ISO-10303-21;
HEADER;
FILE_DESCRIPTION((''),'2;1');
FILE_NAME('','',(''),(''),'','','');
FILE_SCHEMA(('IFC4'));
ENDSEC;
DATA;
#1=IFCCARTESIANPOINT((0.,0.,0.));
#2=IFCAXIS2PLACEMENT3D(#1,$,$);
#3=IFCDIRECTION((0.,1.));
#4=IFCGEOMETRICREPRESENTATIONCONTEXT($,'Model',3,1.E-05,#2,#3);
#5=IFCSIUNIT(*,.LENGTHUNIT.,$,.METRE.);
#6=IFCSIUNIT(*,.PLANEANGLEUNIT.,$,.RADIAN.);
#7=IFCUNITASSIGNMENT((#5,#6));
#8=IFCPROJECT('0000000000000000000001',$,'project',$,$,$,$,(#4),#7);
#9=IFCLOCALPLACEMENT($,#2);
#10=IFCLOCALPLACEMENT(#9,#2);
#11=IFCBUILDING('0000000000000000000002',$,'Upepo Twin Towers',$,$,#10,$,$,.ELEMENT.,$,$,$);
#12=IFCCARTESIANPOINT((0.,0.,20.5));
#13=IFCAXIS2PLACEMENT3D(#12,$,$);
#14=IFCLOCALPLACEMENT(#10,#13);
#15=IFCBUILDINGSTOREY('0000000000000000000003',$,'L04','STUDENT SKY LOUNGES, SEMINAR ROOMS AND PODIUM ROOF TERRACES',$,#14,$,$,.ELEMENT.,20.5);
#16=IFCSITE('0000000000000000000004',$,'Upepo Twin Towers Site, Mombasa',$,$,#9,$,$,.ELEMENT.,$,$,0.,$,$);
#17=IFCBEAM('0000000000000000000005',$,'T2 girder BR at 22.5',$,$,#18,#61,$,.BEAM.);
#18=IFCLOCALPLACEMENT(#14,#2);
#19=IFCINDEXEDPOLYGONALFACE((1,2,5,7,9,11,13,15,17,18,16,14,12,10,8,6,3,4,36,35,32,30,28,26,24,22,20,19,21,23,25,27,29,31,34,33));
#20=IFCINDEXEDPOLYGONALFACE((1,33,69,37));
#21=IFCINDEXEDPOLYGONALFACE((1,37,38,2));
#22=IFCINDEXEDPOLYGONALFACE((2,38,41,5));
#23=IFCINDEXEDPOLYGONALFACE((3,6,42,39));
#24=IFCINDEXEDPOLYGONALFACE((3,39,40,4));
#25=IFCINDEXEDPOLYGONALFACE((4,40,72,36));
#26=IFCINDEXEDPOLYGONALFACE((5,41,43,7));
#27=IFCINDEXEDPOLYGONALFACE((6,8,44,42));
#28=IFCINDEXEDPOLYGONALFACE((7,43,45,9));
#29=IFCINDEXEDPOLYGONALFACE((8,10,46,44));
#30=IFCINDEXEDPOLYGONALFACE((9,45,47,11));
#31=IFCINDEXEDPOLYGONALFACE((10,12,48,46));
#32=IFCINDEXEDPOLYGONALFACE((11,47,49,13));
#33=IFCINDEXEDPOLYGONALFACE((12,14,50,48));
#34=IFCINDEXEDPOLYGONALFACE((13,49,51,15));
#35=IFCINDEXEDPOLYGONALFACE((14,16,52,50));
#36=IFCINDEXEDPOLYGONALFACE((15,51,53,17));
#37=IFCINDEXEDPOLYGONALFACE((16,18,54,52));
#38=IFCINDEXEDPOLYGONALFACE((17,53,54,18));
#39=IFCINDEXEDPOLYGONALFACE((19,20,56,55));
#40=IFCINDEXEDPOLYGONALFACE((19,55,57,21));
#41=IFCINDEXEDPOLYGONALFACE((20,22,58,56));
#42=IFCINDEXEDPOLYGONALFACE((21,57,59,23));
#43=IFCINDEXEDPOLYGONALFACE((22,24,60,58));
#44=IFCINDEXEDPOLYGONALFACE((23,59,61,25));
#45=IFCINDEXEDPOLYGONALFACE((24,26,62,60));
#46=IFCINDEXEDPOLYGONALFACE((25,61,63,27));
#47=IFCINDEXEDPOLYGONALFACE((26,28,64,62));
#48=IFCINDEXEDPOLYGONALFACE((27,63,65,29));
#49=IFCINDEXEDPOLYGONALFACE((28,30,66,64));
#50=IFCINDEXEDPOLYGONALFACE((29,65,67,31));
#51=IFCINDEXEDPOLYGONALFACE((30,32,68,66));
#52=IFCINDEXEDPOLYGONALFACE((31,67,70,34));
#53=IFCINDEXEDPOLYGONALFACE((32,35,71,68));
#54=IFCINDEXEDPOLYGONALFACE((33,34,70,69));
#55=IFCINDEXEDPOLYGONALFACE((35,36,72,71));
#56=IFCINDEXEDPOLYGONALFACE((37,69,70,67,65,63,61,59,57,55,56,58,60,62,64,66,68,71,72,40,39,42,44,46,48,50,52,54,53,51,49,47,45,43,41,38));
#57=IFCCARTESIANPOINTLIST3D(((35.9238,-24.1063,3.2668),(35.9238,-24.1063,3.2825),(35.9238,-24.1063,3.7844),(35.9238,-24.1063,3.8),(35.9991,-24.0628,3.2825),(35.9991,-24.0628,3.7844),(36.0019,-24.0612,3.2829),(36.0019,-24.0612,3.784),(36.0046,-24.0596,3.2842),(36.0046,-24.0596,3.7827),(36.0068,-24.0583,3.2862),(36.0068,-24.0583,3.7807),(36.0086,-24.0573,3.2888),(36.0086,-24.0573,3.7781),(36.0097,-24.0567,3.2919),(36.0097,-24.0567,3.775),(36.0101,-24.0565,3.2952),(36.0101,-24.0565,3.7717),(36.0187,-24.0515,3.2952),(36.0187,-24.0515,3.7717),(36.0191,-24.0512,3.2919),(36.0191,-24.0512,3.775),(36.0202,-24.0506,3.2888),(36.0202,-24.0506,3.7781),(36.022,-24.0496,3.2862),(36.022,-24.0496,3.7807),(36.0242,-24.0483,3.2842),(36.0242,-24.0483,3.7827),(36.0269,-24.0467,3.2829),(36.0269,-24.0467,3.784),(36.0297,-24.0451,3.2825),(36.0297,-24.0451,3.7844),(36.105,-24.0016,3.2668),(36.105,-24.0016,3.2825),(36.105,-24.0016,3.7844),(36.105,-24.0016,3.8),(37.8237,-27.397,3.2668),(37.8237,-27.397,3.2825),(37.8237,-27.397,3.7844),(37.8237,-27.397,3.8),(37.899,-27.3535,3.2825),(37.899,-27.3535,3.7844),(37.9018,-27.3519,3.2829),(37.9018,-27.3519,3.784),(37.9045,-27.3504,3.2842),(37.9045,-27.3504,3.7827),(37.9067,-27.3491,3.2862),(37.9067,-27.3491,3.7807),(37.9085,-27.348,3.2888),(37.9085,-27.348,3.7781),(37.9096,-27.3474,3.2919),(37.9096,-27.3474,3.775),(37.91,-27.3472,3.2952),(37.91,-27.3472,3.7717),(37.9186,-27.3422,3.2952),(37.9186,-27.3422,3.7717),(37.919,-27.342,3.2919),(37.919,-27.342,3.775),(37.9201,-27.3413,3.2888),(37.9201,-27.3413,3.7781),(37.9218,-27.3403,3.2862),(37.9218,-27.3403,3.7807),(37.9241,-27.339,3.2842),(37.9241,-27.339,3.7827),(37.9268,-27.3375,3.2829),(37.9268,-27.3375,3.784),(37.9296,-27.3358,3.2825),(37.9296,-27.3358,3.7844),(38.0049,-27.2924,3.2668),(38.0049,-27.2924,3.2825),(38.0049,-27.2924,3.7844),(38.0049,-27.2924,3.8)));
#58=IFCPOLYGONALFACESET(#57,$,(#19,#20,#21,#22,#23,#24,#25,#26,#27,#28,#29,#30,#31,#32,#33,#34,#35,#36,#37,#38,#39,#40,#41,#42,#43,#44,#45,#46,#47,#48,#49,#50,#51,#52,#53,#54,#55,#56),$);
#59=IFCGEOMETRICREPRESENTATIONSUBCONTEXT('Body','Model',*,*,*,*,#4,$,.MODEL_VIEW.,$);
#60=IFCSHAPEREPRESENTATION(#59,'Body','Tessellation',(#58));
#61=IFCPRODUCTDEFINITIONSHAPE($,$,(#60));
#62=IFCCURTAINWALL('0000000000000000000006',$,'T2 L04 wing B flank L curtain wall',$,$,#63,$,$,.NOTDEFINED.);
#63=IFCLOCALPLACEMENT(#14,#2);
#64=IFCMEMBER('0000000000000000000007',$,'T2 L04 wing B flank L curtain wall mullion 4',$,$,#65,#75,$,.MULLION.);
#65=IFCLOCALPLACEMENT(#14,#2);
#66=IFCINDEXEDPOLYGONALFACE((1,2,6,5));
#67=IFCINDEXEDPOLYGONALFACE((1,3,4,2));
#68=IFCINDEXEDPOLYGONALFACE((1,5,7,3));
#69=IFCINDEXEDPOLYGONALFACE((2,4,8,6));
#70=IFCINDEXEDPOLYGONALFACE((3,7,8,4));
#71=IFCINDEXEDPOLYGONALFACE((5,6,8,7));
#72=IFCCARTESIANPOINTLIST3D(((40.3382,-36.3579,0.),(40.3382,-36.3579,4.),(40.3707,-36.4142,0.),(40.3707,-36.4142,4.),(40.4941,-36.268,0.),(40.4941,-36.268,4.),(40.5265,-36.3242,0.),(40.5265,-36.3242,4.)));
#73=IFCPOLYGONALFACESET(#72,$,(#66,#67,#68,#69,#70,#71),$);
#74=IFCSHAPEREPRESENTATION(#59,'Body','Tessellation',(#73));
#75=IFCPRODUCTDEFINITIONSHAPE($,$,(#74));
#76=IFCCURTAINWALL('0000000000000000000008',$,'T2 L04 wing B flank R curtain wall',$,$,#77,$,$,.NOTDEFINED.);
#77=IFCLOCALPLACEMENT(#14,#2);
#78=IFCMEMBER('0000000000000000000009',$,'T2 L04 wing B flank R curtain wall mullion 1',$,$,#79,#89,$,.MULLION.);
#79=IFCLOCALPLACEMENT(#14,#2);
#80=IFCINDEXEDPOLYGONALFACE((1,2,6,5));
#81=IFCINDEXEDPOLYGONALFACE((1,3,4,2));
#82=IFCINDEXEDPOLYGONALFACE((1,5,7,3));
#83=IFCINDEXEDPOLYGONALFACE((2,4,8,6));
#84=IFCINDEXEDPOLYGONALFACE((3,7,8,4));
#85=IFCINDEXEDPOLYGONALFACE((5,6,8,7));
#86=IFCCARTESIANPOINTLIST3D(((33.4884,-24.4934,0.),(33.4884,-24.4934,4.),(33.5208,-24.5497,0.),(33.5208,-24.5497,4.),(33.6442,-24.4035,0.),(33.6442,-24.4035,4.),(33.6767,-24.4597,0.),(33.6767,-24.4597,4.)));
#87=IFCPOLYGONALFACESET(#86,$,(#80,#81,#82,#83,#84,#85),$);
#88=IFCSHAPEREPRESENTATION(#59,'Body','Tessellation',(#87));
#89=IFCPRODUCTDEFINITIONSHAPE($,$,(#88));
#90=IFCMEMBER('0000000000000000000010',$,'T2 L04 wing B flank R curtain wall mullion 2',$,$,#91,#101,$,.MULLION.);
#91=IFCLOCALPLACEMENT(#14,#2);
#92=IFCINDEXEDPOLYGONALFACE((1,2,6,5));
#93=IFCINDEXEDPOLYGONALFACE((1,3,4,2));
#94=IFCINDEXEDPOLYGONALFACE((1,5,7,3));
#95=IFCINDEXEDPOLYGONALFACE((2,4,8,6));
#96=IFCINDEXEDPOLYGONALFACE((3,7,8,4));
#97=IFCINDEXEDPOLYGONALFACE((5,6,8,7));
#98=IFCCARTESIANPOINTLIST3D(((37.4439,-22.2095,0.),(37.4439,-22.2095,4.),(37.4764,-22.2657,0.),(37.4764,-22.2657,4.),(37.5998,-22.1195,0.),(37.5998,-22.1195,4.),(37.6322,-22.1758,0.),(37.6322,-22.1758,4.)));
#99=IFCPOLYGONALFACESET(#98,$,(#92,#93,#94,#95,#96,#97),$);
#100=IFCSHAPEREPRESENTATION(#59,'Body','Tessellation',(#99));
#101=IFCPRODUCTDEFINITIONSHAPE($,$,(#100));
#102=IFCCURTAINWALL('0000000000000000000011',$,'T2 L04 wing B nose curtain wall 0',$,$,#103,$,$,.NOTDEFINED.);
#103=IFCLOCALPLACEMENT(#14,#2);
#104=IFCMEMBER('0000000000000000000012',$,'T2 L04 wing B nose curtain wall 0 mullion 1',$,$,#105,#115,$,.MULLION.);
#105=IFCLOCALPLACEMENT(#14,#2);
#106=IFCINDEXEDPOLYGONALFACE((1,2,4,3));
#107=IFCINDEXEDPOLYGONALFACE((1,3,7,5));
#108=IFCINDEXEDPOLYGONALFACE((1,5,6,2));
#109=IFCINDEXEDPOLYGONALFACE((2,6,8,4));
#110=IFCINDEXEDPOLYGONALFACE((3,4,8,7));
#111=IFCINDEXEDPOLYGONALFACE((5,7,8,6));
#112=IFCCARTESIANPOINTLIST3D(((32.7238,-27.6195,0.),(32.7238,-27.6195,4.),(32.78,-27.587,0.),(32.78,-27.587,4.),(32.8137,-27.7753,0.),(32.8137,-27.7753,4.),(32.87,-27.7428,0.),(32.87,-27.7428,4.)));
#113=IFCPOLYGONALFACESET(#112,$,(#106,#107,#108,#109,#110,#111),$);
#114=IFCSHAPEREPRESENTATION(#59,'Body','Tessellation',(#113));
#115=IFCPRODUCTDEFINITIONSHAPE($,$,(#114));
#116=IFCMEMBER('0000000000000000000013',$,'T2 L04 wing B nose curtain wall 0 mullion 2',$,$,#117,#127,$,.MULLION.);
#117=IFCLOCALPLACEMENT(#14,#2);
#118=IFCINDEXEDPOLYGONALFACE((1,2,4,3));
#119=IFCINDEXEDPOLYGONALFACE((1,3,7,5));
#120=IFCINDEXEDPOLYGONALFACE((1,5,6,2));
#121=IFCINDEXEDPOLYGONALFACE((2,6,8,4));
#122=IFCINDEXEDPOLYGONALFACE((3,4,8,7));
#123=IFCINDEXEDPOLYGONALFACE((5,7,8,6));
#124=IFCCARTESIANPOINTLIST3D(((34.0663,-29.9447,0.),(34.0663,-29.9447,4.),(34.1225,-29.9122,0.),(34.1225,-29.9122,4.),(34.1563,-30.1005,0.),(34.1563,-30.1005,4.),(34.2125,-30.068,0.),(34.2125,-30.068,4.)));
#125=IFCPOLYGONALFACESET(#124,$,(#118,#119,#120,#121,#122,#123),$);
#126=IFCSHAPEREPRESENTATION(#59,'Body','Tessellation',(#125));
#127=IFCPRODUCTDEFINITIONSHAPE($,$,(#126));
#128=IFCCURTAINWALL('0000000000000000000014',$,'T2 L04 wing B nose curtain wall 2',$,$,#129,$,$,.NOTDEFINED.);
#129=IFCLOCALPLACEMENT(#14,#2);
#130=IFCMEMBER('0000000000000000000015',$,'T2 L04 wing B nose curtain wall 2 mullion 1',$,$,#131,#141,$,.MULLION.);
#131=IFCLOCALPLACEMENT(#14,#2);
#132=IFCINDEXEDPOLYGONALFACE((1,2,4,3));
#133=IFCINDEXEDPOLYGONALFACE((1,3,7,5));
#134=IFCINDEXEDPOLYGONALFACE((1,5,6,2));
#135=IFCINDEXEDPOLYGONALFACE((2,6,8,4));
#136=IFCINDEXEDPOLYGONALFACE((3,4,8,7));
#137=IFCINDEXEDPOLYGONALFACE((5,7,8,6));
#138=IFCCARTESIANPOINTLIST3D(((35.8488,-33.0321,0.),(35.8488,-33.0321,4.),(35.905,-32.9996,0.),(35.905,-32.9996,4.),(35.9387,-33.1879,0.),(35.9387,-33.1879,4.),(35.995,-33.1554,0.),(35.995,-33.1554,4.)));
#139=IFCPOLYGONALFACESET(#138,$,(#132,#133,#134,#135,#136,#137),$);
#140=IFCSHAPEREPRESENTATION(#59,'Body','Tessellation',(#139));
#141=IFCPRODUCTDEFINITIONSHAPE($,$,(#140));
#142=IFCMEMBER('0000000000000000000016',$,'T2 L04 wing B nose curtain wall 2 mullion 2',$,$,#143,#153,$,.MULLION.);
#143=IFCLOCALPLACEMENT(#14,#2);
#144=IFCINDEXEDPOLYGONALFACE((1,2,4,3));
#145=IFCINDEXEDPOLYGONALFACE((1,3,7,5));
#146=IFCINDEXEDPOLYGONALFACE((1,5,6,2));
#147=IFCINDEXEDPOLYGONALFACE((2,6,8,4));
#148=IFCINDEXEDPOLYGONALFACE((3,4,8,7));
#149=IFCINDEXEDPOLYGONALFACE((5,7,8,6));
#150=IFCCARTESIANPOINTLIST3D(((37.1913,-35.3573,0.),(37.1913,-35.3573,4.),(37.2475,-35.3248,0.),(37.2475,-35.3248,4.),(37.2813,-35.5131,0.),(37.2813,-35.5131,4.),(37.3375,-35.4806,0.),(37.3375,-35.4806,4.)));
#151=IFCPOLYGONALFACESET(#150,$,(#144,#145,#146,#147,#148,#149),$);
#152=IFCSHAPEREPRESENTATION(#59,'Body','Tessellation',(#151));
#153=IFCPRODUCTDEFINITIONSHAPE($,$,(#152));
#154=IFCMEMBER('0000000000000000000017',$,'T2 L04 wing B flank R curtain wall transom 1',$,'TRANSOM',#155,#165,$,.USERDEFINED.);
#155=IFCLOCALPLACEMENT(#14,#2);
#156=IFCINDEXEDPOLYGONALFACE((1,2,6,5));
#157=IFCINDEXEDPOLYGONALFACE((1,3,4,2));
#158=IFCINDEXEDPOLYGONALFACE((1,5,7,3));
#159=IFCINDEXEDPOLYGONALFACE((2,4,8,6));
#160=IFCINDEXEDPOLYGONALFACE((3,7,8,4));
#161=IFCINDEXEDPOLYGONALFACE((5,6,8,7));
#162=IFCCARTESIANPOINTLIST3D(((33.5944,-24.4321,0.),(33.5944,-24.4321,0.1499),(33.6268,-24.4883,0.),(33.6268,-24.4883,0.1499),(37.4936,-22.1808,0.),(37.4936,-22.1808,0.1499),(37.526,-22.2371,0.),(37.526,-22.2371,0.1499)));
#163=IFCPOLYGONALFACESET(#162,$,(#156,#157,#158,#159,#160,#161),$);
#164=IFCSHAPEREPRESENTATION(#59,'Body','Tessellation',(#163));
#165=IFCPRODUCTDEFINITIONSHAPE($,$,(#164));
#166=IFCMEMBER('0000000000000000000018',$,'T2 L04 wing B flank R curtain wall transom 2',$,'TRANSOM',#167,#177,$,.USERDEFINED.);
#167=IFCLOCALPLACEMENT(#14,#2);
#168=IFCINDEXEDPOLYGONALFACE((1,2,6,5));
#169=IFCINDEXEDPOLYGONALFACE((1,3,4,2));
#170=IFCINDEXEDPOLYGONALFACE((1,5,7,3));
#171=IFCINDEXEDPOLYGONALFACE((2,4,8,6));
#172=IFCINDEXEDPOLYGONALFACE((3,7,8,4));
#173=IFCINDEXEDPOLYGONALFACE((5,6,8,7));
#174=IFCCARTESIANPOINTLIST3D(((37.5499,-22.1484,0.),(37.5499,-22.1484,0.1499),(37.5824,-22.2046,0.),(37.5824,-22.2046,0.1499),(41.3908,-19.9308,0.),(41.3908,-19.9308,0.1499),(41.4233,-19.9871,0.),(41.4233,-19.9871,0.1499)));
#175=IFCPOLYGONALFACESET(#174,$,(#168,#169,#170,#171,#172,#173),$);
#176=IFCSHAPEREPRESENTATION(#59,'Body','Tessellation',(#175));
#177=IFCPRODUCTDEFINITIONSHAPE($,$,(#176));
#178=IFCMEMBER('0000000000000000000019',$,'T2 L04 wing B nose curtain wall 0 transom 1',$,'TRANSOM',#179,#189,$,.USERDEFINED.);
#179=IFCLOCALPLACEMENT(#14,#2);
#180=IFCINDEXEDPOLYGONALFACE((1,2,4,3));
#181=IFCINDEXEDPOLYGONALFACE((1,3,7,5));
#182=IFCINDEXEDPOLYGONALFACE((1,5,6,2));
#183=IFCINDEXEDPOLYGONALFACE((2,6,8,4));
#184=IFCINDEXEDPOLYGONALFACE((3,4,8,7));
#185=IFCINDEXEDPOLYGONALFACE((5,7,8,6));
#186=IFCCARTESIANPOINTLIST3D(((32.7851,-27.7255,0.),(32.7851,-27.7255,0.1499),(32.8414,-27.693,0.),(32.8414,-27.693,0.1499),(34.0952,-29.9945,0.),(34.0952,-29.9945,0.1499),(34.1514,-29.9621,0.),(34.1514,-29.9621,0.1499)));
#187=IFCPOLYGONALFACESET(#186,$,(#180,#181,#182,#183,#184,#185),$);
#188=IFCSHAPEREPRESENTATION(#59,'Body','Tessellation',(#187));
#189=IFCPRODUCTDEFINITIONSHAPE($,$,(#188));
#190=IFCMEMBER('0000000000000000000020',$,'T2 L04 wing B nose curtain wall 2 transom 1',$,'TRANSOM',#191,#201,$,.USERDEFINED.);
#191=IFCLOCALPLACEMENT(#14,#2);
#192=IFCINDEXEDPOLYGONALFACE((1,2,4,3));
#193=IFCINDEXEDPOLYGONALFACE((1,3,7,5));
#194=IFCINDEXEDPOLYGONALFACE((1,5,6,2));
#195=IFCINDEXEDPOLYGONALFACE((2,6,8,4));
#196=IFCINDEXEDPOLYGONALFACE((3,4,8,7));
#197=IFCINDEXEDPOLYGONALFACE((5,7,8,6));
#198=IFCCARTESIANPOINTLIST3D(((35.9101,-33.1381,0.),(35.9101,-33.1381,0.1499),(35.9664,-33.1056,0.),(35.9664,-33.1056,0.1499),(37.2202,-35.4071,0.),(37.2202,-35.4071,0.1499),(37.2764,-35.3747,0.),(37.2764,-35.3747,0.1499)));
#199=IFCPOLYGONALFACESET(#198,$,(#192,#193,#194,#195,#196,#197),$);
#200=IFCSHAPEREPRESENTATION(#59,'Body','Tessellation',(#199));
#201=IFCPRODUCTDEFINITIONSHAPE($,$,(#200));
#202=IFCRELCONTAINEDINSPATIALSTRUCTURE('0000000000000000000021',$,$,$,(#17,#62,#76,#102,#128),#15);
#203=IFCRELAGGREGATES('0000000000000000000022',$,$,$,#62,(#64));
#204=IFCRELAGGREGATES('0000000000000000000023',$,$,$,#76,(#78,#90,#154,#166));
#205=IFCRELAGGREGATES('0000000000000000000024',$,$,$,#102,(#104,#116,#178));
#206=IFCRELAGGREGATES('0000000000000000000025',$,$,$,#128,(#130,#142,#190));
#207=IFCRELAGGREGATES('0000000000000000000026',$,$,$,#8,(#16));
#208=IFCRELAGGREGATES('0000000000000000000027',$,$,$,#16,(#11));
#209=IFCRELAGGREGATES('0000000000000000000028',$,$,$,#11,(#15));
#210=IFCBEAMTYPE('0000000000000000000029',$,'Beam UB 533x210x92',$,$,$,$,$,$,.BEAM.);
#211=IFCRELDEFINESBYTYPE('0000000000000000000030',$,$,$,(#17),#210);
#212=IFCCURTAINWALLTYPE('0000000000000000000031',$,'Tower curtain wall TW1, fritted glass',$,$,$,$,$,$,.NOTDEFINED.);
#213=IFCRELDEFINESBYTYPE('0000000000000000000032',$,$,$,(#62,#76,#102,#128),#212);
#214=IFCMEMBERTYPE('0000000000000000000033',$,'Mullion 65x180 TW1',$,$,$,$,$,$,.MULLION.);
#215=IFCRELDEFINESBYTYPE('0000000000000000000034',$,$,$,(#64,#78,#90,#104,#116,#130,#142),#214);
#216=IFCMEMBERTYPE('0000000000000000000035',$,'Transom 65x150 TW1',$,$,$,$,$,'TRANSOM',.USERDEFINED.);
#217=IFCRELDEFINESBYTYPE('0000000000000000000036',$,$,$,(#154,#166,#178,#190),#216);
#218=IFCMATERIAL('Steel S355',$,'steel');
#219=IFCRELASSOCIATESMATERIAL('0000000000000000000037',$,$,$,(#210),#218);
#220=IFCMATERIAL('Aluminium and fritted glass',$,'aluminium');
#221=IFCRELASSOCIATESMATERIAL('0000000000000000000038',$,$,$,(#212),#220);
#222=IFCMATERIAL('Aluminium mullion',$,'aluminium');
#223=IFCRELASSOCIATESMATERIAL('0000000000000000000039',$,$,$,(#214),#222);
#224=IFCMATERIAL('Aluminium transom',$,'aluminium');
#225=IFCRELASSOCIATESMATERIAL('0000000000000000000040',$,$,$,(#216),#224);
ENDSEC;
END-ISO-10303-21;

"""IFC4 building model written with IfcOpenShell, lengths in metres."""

from ifc_helpers import new_model, si_unit, direction, frame, origin, origin_2d, place, context, subcontext, project, spatial, rectangle, i_section, extrude, material, material_profile, profile_set, type_object, element, aggregate, save


model = new_model("IFC4")

# Units and contexts
model_context = context("Model", 3, precision=1e-05, world=origin(), true_north=direction((0.0, 1.0)))
body_context = subcontext(model_context, "Body", "Model", "MODEL_VIEW")
ifc_project = project(units=[si_unit("LENGTHUNIT", "METRE"), si_unit("PLANEANGLEUNIT", "RADIAN")], contexts=[model_context])

# Site, building, storey
site_placement = place(None, origin())
site = spatial("IfcSite", under=ifc_project, at=site_placement, Name="Upepo Twin Towers Site, Mombasa", CompositionType="ELEMENT", RefElevation=0.0)
building_placement = place(site_placement, origin())
building = spatial("IfcBuilding", under=site, at=building_placement, Name="Upepo Twin Towers", CompositionType="ELEMENT")
storey_placement = place(building_placement, frame((0.0, 0.0, 20.5)))
storey = spatial("IfcBuildingStorey", under=building, at=storey_placement, Name="L04", Description="STUDENT SKY LOUNGES, SEMINAR ROOMS AND PODIUM ROOF TERRACES", CompositionType="ELEMENT", Elevation=20.5)

# Beam
ifc_material_1 = material(Name="Steel S355", Category="steel")
ifc_material_profile_1 = material_profile(ifc_material_1, i_section(OverallWidth=0.2092, OverallDepth=0.5332, WebThickness=0.01, FlangeThickness=0.0156, FilletRadius=0.0127, at=origin_2d()), Name="UB 533x210x92")
ifc_profile_set_1 = profile_set([ifc_material_profile_1], Name="Steel S355")
beam_type_1 = type_object("IfcBeamType", Name="Beam UB 533x210x92", PredefinedType="BEAM", material=ifc_profile_set_1)
for number, where, z_axis, x_axis, name in (
    (1, (36.0144, -24.054, 3.5334), (0.499995, -0.866028, 0.0), (0.866028, 0.499995, 0.0), "T2 girder BR at 22.5"),
):
    element("IfcBeam", number, at=place(storey_placement, frame(where, z_axis=z_axis, x_axis=x_axis)), inside=storey, type_object=beam_type_1, Name=name, PredefinedType="BEAM", context=body_context, shape_type="SweptSolid", body=[
        extrude(i_section(OverallWidth=0.2092, OverallDepth=0.5332, WebThickness=0.01, FlangeThickness=0.0156, FilletRadius=0.0127, at=origin_2d()), origin(), (0.0, 0.0, 1.0), 3.7998),
    ])

# Curtain wall, member
ifc_material_2 = material(Name="Aluminium and fritted glass", Category="aluminium")
curtain_wall_type = type_object("IfcCurtainWallType", Name="Tower curtain wall TW1, fritted glass", PredefinedType="NOTDEFINED", material=ifc_material_2)
curtain_wall_1_placement = place(storey_placement, origin())
curtain_wall_1 = element("IfcCurtainWall", 2, at=curtain_wall_1_placement, inside=storey, type_object=curtain_wall_type, Name="T2 L04 wing B flank L curtain wall", PredefinedType="NOTDEFINED")
ifc_material_3 = material(Name="Aluminium mullion", Category="aluminium")
ifc_material_profile_2 = material_profile(ifc_material_3, rectangle(XDim=0.0649, YDim=0.1799, at=origin_2d()), Name="MULLION 65x180")
ifc_profile_set_2 = profile_set([ifc_material_profile_2], Name="Aluminium mullion")
member_type_1 = type_object("IfcMemberType", Name="Mullion 65x180 TW1", PredefinedType="MULLION", material=ifc_profile_set_2)
member_1_placement = place(storey_placement, frame((40.4324, -36.3411, 0.0), z_axis=(0.0, 0.0, 1.0), x_axis=(0.5, -0.866025, 0.0)))
member_1 = element("IfcMember", 3, at=member_1_placement, type_object=member_type_1, Name="T2 L04 wing B flank L curtain wall mullion 4", PredefinedType="MULLION", context=body_context, shape_type="SweptSolid", body=[
    extrude(rectangle(XDim=0.0649, YDim=0.1799, at=origin_2d()), origin(), (0.0, 0.0, 1.0), 4.0),
])
aggregate(curtain_wall_1, [member_1])

# Curtain walls, members
curtain_wall_2_placement = place(storey_placement, origin())
curtain_wall_2 = element("IfcCurtainWall", 4, at=curtain_wall_2_placement, inside=storey, type_object=curtain_wall_type, Name="T2 L04 wing B flank R curtain wall", PredefinedType="NOTDEFINED")
member_2_placement = place(storey_placement, frame((33.5825, -24.4766, 0.0), z_axis=(0.0, 0.0, 1.0), x_axis=(-0.5, 0.866025, 0.0)))
member_2 = element("IfcMember", 5, at=member_2_placement, type_object=member_type_1, Name="T2 L04 wing B flank R curtain wall mullion 1", PredefinedType="MULLION", context=body_context, shape_type="SweptSolid", body=[
    extrude(rectangle(XDim=0.0649, YDim=0.1799, at=origin_2d()), origin(), (0.0, 0.0, 1.0), 4.0),
])
member_3_placement = place(storey_placement, frame((37.5381, -22.1926, 0.0), z_axis=(0.0, 0.0, 1.0), x_axis=(-0.5, 0.866025, 0.0)))
member_3 = element("IfcMember", 6, at=member_3_placement, type_object=member_type_1, Name="T2 L04 wing B flank R curtain wall mullion 2", PredefinedType="MULLION", context=body_context, shape_type="SweptSolid", body=[
    extrude(rectangle(XDim=0.0649, YDim=0.1799, at=origin_2d()), origin(), (0.0, 0.0, 1.0), 4.0),
])
curtain_wall_3_placement = place(storey_placement, origin())
curtain_wall_3 = element("IfcCurtainWall", 7, at=curtain_wall_3_placement, inside=storey, type_object=curtain_wall_type, Name="T2 L04 wing B nose curtain wall 0", PredefinedType="NOTDEFINED")
member_4_placement = place(storey_placement, frame((32.7969, -27.6812, 0.0), z_axis=(0.0, 0.0, 1.0), x_axis=(0.866025, 0.5, 0.0)))
member_4 = element("IfcMember", 8, at=member_4_placement, type_object=member_type_1, Name="T2 L04 wing B nose curtain wall 0 mullion 1", PredefinedType="MULLION", context=body_context, shape_type="SweptSolid", body=[
    extrude(rectangle(XDim=0.0649, YDim=0.1799, at=origin_2d()), origin(), (0.0, 0.0, 1.0), 4.0),
])
member_5_placement = place(storey_placement, frame((34.1394, -30.0063, 0.0), z_axis=(0.0, 0.0, 1.0), x_axis=(0.866025, 0.5, 0.0)))
member_5 = element("IfcMember", 9, at=member_5_placement, type_object=member_type_1, Name="T2 L04 wing B nose curtain wall 0 mullion 2", PredefinedType="MULLION", context=body_context, shape_type="SweptSolid", body=[
    extrude(rectangle(XDim=0.0649, YDim=0.1799, at=origin_2d()), origin(), (0.0, 0.0, 1.0), 4.0),
])
curtain_wall_4_placement = place(storey_placement, origin())
curtain_wall_4 = element("IfcCurtainWall", 10, at=curtain_wall_4_placement, inside=storey, type_object=curtain_wall_type, Name="T2 L04 wing B nose curtain wall 2", PredefinedType="NOTDEFINED")
member_6_placement = place(storey_placement, frame((35.9219, -33.0938, 0.0), z_axis=(0.0, 0.0, 1.0), x_axis=(0.866025, 0.5, 0.0)))
member_6 = element("IfcMember", 11, at=member_6_placement, type_object=member_type_1, Name="T2 L04 wing B nose curtain wall 2 mullion 1", PredefinedType="MULLION", context=body_context, shape_type="SweptSolid", body=[
    extrude(rectangle(XDim=0.0649, YDim=0.1799, at=origin_2d()), origin(), (0.0, 0.0, 1.0), 4.0),
])
member_7_placement = place(storey_placement, frame((37.2644, -35.4189, 0.0), z_axis=(0.0, 0.0, 1.0), x_axis=(0.866025, 0.5, 0.0)))
member_7 = element("IfcMember", 12, at=member_7_placement, type_object=member_type_1, Name="T2 L04 wing B nose curtain wall 2 mullion 2", PredefinedType="MULLION", context=body_context, shape_type="SweptSolid", body=[
    extrude(rectangle(XDim=0.0649, YDim=0.1799, at=origin_2d()), origin(), (0.0, 0.0, 1.0), 4.0),
])

# Members
ifc_material_4 = material(Name="Aluminium transom", Category="aluminium")
ifc_material_profile_3 = material_profile(ifc_material_4, rectangle(XDim=0.0649, YDim=0.1499, at=origin_2d()), Name="TRANSOM 65x150")
ifc_profile_set_3 = profile_set([ifc_material_profile_3], Name="Aluminium transom")
member_type_2 = type_object("IfcMemberType", Name="Transom 65x150 TW1", ElementType="TRANSOM", PredefinedType="USERDEFINED", material=ifc_profile_set_3)
member_8_placement = place(storey_placement, frame((33.6106, -24.4602, 0.075), z_axis=(0.866022, 0.500006, 0.0), x_axis=(-0.500006, 0.866022, 0.0)))
member_8 = element("IfcMember", 13, at=member_8_placement, type_object=member_type_2, Name="T2 L04 wing B flank R curtain wall transom 1", ObjectType="TRANSOM", PredefinedType="USERDEFINED", context=body_context, shape_type="SweptSolid", body=[
    extrude(rectangle(XDim=0.0649, YDim=0.1499, at=origin_2d()), origin(), (0.0, 0.0, 1.0), 4.5024),
])
member_9_placement = place(storey_placement, frame((37.5662, -22.1765, 0.075), z_axis=(0.866022, 0.500005, 0.0), x_axis=(-0.500005, 0.866022, 0.0)))
member_9 = element("IfcMember", 14, at=member_9_placement, type_object=member_type_2, Name="T2 L04 wing B flank R curtain wall transom 2", ObjectType="TRANSOM", PredefinedType="USERDEFINED", context=body_context, shape_type="SweptSolid", body=[
    extrude(rectangle(XDim=0.0649, YDim=0.1499, at=origin_2d()), origin(), (0.0, 0.0, 1.0), 4.4351),
])
member_10_placement = place(storey_placement, frame((32.8132, -27.7092, 0.075), z_axis=(0.500007, -0.866021, 0.0), x_axis=(0.866021, 0.500007, 0.0)))
member_10 = element("IfcMember", 15, at=member_10_placement, type_object=member_type_2, Name="T2 L04 wing B nose curtain wall 0 transom 1", ObjectType="TRANSOM", PredefinedType="USERDEFINED", context=body_context, shape_type="SweptSolid", body=[
    extrude(rectangle(XDim=0.0649, YDim=0.1499, at=origin_2d()), origin(), (0.0, 0.0, 1.0), 2.6201),
])
member_11_placement = place(storey_placement, frame((35.9382, -33.1218, 0.075), z_axis=(0.500007, -0.866021, 0.0), x_axis=(0.866021, 0.500007, 0.0)))
member_11 = element("IfcMember", 16, at=member_11_placement, type_object=member_type_2, Name="T2 L04 wing B nose curtain wall 2 transom 1", ObjectType="TRANSOM", PredefinedType="USERDEFINED", context=body_context, shape_type="SweptSolid", body=[
    extrude(rectangle(XDim=0.0649, YDim=0.1499, at=origin_2d()), origin(), (0.0, 0.0, 1.0), 2.6201),
])

aggregate(curtain_wall_2, [member_2, member_3, member_8, member_9])
aggregate(curtain_wall_3, [member_4, member_5, member_10])
aggregate(curtain_wall_4, [member_6, member_7, member_11])

save(model, "model.ifc")
